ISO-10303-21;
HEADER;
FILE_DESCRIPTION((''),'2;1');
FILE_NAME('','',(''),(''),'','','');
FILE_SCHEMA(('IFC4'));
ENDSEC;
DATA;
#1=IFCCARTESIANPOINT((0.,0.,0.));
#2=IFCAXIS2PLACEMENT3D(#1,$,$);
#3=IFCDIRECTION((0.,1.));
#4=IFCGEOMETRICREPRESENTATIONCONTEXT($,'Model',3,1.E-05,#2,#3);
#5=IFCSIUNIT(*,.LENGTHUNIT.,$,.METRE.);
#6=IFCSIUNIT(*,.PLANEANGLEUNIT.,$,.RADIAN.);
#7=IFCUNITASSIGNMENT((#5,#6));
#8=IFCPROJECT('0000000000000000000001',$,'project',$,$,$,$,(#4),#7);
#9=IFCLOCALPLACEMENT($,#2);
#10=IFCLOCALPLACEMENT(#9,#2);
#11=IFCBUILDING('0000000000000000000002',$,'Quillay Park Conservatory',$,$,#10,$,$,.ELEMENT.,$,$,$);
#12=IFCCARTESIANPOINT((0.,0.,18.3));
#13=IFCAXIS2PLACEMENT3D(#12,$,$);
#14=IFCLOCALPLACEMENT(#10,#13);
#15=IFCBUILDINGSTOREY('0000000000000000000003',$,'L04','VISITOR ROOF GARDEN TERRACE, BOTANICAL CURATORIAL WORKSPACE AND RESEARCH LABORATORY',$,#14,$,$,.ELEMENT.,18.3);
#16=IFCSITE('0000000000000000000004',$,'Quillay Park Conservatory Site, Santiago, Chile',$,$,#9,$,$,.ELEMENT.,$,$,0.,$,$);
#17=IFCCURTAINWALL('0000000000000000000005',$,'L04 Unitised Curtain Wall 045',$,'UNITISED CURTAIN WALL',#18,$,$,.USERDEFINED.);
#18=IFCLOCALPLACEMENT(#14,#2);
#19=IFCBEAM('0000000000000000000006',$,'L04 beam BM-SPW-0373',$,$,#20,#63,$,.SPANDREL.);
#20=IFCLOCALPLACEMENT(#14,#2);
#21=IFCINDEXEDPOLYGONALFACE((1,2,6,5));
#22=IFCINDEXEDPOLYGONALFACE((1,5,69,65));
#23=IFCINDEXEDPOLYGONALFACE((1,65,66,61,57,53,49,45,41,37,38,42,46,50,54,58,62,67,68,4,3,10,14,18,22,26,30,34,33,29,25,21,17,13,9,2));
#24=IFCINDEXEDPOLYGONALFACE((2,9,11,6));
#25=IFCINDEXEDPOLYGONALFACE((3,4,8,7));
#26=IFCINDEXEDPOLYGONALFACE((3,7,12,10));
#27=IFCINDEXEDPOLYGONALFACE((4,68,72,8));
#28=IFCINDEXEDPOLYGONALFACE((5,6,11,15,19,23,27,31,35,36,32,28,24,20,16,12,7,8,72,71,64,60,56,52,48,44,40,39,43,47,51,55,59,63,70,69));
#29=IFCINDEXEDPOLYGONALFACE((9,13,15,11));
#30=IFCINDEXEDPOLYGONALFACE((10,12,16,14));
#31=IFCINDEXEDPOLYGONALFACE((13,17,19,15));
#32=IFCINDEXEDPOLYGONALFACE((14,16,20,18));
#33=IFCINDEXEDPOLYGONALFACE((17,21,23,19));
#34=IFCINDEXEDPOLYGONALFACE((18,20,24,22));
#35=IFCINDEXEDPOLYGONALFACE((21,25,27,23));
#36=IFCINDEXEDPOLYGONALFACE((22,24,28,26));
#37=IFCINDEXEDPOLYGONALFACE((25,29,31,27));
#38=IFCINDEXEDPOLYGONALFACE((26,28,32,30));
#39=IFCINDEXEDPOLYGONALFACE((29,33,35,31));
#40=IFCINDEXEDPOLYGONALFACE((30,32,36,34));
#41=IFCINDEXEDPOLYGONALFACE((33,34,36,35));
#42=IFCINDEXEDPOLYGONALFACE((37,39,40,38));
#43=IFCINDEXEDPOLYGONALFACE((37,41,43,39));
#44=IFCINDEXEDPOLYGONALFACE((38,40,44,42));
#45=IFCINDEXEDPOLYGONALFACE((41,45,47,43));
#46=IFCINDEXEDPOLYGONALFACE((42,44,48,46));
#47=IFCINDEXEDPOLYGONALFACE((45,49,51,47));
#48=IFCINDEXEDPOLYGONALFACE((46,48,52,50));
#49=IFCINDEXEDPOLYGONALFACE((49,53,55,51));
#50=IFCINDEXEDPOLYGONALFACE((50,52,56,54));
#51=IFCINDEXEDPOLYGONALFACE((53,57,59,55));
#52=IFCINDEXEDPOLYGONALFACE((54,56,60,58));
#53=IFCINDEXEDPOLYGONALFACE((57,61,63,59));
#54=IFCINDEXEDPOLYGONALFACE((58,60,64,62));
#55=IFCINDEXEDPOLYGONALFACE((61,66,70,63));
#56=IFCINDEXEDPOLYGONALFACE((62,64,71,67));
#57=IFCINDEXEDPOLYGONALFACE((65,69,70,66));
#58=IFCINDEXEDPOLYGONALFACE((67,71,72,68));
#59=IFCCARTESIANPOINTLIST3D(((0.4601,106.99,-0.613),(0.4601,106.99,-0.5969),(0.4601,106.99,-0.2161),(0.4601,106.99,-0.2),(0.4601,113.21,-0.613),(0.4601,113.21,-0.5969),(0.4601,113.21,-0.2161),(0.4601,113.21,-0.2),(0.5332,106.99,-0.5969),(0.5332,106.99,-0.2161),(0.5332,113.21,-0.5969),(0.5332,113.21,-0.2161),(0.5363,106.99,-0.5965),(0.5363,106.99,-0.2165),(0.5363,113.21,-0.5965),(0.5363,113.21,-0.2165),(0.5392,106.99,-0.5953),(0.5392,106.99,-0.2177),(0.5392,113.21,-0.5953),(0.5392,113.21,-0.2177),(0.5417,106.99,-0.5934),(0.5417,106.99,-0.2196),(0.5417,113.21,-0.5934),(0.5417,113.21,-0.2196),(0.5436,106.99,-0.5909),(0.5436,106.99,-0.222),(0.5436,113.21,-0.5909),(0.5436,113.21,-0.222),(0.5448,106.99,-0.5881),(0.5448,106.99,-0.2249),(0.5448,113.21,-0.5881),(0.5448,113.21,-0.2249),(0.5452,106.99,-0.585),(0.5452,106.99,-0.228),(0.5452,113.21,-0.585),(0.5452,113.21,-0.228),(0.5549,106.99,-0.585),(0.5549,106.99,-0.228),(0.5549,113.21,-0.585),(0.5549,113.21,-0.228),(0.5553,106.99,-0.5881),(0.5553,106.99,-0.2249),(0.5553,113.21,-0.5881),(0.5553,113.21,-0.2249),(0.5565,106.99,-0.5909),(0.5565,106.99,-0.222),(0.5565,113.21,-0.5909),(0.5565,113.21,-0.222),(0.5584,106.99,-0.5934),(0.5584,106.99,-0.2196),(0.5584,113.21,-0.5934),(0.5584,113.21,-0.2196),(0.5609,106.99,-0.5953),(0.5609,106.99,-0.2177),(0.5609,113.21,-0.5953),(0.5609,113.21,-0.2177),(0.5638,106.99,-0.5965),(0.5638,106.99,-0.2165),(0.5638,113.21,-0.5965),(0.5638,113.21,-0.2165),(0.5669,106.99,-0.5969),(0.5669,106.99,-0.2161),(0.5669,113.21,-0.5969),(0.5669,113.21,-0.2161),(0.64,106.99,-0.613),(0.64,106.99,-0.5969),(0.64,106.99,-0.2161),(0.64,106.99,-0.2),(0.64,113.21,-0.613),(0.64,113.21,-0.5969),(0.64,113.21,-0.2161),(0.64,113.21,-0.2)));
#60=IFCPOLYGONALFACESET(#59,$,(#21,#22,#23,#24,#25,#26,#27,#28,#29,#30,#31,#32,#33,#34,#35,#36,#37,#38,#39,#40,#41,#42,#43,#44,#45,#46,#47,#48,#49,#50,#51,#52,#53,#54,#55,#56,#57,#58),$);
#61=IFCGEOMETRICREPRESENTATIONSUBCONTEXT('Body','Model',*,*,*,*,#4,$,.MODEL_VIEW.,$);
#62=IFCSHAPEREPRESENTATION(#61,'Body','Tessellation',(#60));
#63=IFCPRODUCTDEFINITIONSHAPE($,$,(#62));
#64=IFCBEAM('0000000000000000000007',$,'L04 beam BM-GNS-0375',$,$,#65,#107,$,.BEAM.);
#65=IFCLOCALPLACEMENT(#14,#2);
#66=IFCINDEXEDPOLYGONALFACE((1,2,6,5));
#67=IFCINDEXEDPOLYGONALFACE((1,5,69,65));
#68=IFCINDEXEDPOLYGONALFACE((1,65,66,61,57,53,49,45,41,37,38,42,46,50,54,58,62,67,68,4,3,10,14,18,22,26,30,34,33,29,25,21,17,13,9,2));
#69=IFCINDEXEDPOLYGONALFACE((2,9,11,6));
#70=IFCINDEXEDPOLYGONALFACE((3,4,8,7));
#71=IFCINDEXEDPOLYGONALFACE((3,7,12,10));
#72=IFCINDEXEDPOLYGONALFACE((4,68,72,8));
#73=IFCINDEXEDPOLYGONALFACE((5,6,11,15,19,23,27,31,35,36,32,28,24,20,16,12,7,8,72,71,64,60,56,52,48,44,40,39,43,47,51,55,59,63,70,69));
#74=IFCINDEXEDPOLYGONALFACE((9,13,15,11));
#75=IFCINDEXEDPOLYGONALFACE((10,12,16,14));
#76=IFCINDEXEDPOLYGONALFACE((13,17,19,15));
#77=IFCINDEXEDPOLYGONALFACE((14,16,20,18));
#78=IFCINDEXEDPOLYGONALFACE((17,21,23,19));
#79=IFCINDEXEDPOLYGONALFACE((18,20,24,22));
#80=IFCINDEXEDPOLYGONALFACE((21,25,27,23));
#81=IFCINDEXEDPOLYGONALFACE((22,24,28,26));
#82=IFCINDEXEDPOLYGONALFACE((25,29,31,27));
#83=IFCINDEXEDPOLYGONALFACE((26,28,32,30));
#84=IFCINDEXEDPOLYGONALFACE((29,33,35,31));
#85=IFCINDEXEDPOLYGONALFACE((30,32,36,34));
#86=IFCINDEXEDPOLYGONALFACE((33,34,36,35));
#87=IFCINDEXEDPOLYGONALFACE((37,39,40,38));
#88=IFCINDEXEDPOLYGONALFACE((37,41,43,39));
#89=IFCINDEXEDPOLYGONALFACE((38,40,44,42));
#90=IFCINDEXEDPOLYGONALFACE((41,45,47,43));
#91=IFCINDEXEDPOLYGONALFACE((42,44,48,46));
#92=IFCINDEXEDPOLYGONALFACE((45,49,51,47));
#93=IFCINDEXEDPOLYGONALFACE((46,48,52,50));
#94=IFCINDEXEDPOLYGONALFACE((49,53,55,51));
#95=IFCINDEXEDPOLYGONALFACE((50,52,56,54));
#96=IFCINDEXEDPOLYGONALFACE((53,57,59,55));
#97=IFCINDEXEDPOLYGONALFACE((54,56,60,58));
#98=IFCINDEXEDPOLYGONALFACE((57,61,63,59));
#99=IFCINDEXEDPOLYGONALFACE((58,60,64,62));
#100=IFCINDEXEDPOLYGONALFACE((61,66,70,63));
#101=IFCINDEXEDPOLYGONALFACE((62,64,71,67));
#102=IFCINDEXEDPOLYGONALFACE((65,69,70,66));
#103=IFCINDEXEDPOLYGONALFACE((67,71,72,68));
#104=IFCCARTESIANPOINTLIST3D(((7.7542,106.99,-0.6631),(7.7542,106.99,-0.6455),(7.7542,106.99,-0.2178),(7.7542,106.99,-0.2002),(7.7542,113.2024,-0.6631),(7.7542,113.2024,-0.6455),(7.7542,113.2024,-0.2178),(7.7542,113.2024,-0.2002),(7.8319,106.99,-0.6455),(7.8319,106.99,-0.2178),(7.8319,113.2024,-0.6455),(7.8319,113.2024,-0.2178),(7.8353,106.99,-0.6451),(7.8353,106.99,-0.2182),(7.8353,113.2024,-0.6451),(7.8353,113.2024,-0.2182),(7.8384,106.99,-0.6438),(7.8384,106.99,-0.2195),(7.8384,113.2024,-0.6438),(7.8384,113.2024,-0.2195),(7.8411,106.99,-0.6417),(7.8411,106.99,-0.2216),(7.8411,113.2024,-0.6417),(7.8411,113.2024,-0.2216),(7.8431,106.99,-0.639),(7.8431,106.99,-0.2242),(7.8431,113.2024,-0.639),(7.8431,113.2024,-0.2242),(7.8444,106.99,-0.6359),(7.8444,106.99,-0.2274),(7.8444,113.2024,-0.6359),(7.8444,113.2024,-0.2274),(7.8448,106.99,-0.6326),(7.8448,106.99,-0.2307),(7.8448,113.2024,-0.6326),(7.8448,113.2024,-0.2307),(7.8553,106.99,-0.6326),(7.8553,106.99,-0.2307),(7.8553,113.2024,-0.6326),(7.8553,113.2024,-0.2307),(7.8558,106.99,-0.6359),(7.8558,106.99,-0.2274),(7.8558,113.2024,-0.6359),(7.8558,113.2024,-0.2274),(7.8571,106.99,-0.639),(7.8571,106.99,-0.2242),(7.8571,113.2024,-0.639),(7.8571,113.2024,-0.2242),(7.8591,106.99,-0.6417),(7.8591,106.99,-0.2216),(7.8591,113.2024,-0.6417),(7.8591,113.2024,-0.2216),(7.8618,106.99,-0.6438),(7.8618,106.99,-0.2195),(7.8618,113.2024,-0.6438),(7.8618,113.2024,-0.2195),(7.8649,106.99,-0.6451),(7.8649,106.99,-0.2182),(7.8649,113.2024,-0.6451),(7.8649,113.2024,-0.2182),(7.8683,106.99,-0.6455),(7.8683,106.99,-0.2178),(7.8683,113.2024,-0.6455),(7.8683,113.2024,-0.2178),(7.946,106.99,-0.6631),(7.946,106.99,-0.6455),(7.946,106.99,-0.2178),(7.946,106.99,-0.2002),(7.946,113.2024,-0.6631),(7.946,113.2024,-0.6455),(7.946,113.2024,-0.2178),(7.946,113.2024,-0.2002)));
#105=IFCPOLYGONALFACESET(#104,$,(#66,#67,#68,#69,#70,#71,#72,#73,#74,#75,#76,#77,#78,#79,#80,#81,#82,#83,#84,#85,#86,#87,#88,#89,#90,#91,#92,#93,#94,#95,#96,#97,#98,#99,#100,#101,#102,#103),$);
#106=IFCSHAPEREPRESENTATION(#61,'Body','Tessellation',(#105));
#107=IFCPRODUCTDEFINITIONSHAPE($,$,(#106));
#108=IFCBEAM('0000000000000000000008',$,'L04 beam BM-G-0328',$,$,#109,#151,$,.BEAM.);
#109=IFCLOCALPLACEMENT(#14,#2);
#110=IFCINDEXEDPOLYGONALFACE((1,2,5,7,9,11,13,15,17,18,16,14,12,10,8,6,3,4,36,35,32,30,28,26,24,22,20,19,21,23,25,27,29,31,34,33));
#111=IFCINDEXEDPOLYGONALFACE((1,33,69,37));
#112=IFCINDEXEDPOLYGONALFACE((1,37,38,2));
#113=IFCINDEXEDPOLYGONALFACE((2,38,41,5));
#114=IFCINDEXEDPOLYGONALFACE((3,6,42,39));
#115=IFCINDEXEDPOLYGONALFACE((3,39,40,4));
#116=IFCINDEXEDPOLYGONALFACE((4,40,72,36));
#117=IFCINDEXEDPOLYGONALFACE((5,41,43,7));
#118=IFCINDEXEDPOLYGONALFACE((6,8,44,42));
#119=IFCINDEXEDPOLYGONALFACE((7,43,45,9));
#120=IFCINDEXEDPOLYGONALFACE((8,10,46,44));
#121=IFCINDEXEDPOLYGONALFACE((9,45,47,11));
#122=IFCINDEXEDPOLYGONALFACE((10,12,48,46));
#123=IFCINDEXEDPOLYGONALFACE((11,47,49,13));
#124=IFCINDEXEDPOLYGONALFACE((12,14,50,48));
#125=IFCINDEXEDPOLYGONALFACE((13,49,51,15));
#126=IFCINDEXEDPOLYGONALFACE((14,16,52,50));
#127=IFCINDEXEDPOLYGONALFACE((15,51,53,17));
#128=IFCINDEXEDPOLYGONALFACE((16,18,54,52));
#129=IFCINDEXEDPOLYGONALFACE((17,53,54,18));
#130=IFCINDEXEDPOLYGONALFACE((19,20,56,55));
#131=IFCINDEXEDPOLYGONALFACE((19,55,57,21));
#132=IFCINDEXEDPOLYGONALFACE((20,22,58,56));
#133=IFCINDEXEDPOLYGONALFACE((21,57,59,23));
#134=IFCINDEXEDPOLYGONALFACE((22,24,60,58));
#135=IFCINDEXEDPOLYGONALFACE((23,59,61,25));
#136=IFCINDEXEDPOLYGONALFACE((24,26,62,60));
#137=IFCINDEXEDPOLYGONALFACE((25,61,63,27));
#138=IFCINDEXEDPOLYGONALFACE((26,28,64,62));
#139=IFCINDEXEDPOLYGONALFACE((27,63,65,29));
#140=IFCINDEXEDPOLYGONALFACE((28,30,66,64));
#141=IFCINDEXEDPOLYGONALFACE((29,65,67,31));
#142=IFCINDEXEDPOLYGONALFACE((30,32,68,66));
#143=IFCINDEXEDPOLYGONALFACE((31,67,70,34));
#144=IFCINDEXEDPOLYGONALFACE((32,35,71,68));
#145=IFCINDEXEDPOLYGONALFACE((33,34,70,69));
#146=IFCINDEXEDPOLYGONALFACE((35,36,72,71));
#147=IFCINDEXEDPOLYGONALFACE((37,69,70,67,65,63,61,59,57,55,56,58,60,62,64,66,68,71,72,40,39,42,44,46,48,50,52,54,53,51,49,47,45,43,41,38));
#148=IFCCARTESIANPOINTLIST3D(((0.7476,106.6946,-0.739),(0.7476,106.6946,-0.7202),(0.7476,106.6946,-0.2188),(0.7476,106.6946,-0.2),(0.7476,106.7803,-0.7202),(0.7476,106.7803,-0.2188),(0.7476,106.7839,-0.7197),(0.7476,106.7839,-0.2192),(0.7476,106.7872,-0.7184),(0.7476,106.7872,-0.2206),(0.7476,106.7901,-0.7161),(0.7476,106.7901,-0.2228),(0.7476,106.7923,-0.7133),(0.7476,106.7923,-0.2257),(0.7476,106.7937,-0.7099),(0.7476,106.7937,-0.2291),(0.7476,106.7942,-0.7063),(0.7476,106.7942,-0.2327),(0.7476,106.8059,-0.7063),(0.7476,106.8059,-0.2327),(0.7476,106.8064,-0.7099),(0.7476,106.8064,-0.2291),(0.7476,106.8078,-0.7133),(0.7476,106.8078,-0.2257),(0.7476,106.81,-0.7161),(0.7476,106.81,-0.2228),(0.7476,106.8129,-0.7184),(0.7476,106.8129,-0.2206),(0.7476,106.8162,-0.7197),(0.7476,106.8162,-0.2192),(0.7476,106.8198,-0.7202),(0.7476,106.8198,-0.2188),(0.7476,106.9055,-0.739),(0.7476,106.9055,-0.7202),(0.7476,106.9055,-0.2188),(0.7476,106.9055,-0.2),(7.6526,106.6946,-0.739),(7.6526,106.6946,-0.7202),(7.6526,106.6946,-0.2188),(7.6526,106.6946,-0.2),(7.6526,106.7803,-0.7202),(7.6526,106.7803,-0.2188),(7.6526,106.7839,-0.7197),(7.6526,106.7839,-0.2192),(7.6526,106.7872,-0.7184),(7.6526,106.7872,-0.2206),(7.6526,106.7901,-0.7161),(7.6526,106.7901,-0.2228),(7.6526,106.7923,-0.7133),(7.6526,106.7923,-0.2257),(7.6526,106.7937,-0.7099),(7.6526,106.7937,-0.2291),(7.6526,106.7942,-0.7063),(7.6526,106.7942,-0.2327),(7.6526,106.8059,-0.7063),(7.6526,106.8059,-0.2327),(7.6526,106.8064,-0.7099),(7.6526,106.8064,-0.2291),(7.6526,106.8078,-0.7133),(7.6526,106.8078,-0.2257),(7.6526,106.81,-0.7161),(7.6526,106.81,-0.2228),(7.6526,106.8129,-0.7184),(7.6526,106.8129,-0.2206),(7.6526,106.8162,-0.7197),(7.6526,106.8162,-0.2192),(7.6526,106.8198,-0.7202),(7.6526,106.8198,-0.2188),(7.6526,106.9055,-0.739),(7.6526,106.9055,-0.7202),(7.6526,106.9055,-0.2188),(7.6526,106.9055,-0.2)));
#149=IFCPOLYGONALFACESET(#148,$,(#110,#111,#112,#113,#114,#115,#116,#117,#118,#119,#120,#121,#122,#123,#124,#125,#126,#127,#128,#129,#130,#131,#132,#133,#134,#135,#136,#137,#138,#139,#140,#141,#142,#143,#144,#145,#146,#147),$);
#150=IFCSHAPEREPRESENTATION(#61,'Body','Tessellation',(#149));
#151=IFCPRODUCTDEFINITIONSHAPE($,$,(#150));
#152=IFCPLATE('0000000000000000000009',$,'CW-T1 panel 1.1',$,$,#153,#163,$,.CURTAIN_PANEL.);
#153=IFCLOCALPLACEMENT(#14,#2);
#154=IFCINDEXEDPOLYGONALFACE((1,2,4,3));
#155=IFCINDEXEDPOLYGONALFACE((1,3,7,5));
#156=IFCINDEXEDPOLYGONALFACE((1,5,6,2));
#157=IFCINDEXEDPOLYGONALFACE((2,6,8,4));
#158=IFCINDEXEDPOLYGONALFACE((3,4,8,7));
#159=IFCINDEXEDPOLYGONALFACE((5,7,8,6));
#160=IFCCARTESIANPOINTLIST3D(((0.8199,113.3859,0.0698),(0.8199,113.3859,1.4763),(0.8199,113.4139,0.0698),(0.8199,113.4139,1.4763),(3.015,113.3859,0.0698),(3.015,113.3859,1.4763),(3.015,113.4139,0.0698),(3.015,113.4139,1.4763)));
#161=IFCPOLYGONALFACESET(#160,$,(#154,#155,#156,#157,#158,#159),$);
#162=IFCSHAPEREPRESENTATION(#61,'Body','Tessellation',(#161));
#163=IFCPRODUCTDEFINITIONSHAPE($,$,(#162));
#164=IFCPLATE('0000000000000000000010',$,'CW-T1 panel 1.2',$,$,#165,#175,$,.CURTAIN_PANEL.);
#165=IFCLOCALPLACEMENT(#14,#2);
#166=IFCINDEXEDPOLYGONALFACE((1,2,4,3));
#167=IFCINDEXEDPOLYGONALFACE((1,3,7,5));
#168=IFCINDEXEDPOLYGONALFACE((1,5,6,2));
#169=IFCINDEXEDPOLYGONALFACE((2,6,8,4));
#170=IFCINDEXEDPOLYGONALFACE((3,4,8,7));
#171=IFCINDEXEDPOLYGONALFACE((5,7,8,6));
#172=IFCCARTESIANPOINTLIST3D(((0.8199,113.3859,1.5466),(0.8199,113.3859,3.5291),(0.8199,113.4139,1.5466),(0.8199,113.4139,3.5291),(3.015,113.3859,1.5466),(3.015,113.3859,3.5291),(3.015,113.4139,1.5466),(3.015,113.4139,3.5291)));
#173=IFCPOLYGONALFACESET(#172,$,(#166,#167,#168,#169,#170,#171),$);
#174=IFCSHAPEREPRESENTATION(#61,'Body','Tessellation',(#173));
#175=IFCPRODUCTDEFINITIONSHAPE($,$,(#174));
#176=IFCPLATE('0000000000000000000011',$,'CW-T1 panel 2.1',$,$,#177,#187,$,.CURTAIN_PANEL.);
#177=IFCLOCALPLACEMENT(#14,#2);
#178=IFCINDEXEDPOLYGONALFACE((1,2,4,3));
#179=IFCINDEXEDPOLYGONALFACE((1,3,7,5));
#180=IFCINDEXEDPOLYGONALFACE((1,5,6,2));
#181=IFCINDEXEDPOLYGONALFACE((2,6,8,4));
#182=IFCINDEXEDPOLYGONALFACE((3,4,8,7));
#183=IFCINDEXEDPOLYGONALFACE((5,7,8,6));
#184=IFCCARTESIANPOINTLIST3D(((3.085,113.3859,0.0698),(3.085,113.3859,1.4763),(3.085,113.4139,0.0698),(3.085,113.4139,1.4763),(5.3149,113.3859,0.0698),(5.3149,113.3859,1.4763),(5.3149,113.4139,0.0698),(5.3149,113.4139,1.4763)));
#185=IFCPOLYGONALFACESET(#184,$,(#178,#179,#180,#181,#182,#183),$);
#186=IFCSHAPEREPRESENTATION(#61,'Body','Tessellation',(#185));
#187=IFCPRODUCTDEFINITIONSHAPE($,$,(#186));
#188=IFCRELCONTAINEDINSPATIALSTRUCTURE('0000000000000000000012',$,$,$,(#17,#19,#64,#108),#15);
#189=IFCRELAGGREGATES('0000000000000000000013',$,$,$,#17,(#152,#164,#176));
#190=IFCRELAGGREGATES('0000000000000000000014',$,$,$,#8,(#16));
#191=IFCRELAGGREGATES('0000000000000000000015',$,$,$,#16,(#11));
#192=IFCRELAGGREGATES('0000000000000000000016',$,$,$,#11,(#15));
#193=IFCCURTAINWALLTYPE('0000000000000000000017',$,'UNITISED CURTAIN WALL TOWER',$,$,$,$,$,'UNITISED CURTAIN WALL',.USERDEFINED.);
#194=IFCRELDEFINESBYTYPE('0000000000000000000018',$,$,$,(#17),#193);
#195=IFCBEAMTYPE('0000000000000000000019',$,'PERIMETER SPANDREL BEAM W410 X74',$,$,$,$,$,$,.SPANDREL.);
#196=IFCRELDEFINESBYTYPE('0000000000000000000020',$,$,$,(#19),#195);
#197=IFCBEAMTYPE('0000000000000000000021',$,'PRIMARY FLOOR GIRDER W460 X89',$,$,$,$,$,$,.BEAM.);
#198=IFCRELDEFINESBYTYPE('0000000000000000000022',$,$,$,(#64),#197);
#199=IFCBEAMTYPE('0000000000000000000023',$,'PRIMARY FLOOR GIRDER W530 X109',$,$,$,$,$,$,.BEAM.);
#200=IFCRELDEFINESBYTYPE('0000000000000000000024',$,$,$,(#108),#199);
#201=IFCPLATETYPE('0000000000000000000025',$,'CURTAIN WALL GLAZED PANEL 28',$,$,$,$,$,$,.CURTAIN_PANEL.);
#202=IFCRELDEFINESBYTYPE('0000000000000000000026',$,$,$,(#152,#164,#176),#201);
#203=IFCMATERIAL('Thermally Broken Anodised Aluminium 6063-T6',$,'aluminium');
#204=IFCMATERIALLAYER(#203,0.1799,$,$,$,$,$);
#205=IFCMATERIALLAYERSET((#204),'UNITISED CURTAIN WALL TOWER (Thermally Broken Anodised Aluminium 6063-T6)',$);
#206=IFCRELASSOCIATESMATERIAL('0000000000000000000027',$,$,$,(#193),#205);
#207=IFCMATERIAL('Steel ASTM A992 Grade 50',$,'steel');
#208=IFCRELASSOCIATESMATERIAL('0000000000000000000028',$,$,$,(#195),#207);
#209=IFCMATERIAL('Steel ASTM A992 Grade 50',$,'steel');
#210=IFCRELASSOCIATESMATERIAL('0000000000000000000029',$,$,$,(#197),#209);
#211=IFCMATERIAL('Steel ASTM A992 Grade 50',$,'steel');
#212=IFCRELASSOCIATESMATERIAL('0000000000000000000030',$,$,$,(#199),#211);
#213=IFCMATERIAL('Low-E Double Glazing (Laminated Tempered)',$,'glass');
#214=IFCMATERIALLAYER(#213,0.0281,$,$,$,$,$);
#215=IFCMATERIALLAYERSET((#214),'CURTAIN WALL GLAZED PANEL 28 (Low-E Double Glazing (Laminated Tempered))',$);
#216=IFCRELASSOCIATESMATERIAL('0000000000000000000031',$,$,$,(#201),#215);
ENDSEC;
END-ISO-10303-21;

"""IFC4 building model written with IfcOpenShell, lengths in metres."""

from ifc_helpers import new_model, si_unit, direction, frame, origin, origin_2d, place, context, subcontext, project, spatial, rectangle, i_section, extrude, material, layer, layer_set, material_profile, profile_set, type_object, element, aggregate, save


model = new_model("IFC4")

# Units and contexts
model_context = context("Model", 3, precision=1e-05, world=origin(), true_north=direction((0.0, 1.0)))
body_context = subcontext(model_context, "Body", "Model", "MODEL_VIEW")
ifc_project = project(units=[si_unit("LENGTHUNIT", "METRE"), si_unit("PLANEANGLEUNIT", "RADIAN")], contexts=[model_context])

# Site, building, storey
site_placement = place(None, origin())
site = spatial("IfcSite", under=ifc_project, at=site_placement, Name="Quillay Park Conservatory Site, Santiago, Chile", CompositionType="ELEMENT", RefElevation=0.0)
building_placement = place(site_placement, origin())
building = spatial("IfcBuilding", under=site, at=building_placement, Name="Quillay Park Conservatory", CompositionType="ELEMENT")
storey_placement = place(building_placement, frame((0.0, 0.0, 18.3)))
storey = spatial("IfcBuildingStorey", under=building, at=storey_placement, Name="L04", Description="VISITOR ROOF GARDEN TERRACE, BOTANICAL CURATORIAL WORKSPACE AND RESEARCH LABORATORY", CompositionType="ELEMENT", Elevation=18.3)

# Curtain wall
ifc_material_1 = material(Name="Thermally Broken Anodised Aluminium 6063-T6", Category="aluminium")
ifc_layer_1 = layer(ifc_material_1, 0.1799)
ifc_layer_set_1 = layer_set([ifc_layer_1], Name="UNITISED CURTAIN WALL TOWER (Thermally Broken Anodised Aluminium 6063-T6)")
curtain_wall_type = type_object("IfcCurtainWallType", Name="UNITISED CURTAIN WALL TOWER", ElementType="UNITISED CURTAIN WALL", PredefinedType="USERDEFINED", material=ifc_layer_set_1)
curtain_wall_placement = place(storey_placement, origin())
curtain_wall = element("IfcCurtainWall", 1, at=curtain_wall_placement, inside=storey, type_object=curtain_wall_type, Name="L04 Unitised Curtain Wall 045", ObjectType="UNITISED CURTAIN WALL", PredefinedType="USERDEFINED")

# Beams
ifc_material_2 = material(Name="Steel ASTM A992 Grade 50", Category="steel")
ifc_material_profile_1 = material_profile(ifc_material_2, i_section(OverallWidth=0.1799, OverallDepth=0.4131, WebThickness=0.0098, FlangeThickness=0.0161, FilletRadius=0.012, at=origin_2d()), Name="W410x74")
ifc_profile_set_1 = profile_set([ifc_material_profile_1], Name="Steel ASTM A992 Grade 50")
beam_type_1 = type_object("IfcBeamType", Name="PERIMETER SPANDREL BEAM W410 X74", PredefinedType="SPANDREL", material=ifc_profile_set_1)
beam_1_placement = place(storey_placement, frame((0.55, 106.99, -0.4065), z_axis=(0.0, 1.0, 0.0), x_axis=(-1.0, 0.0, 0.0)))
element("IfcBeam", 2, at=beam_1_placement, inside=storey, type_object=beam_type_1, Name="L04 beam BM-SPW-0373", PredefinedType="SPANDREL", context=body_context, shape_type="SweptSolid", body=[
    extrude(i_section(OverallWidth=0.1799, OverallDepth=0.4131, WebThickness=0.0098, FlangeThickness=0.0161, FilletRadius=0.012, at=origin_2d()), origin(), (0.0, 0.0, 1.0), 6.22),
])
ifc_material_3 = material(Name="Steel ASTM A992 Grade 50", Category="steel")
ifc_material_profile_2 = material_profile(ifc_material_3, i_section(OverallWidth=0.1919, OverallDepth=0.4629, WebThickness=0.0105, FlangeThickness=0.0176, FilletRadius=0.0129, at=origin_2d()), Name="W460x89")
ifc_profile_set_2 = profile_set([ifc_material_profile_2], Name="Steel ASTM A992 Grade 50")
beam_type_2 = type_object("IfcBeamType", Name="PRIMARY FLOOR GIRDER W460 X89", PredefinedType="BEAM", material=ifc_profile_set_2)
beam_2_placement = place(storey_placement, frame((7.8501, 106.99, -0.4316), z_axis=(0.0, 1.0, 0.0), x_axis=(-1.0, 0.0, 0.0)))
element("IfcBeam", 3, at=beam_2_placement, inside=storey, type_object=beam_type_2, Name="L04 beam BM-GNS-0375", PredefinedType="BEAM", context=body_context, shape_type="SweptSolid", body=[
    extrude(i_section(OverallWidth=0.1919, OverallDepth=0.4629, WebThickness=0.0105, FlangeThickness=0.0176, FilletRadius=0.0129, at=origin_2d()), origin(), (0.0, 0.0, 1.0), 6.2124),
])
ifc_material_4 = material(Name="Steel ASTM A992 Grade 50", Category="steel")
ifc_material_profile_3 = material_profile(ifc_material_4, i_section(OverallWidth=0.2109, OverallDepth=0.5391, WebThickness=0.0117, FlangeThickness=0.0188, FilletRadius=0.0139, at=origin_2d()), Name="W530x109")
ifc_profile_set_3 = profile_set([ifc_material_profile_3], Name="Steel ASTM A992 Grade 50")
beam_type_3 = type_object("IfcBeamType", Name="PRIMARY FLOOR GIRDER W530 X109", PredefinedType="BEAM", material=ifc_profile_set_3)
beam_3_placement = place(storey_placement, frame((0.7476, 106.8, -0.4695), z_axis=(1.0, 0.0, 0.0), x_axis=(0.0, 1.0, 0.0)))
element("IfcBeam", 4, at=beam_3_placement, inside=storey, type_object=beam_type_3, Name="L04 beam BM-G-0328", PredefinedType="BEAM", context=body_context, shape_type="SweptSolid", body=[
    extrude(i_section(OverallWidth=0.2109, OverallDepth=0.5391, WebThickness=0.0117, FlangeThickness=0.0188, FilletRadius=0.0139, at=origin_2d()), origin(), (0.0, 0.0, 1.0), 6.905),
])

# Plates
ifc_material_5 = material(Name="Low-E Double Glazing (Laminated Tempered)", Category="glass")
ifc_layer_2 = layer(ifc_material_5, 0.0281)
ifc_layer_set_2 = layer_set([ifc_layer_2], Name="CURTAIN WALL GLAZED PANEL 28 (Low-E Double Glazing (Laminated Tempered))")
plate_type = type_object("IfcPlateType", Name="CURTAIN WALL GLAZED PANEL 28", PredefinedType="CURTAIN_PANEL", material=ifc_layer_set_2)
plate_1_placement = place(storey_placement, frame((1.9175, 113.3999, 0.0698), z_axis=(0.0, 0.0, 1.0), x_axis=(1.0, 0.0, 0.0)))
plate_1 = element("IfcPlate", 5, at=plate_1_placement, type_object=plate_type, Name="CW-T1 panel 1.1", PredefinedType="CURTAIN_PANEL", context=body_context, shape_type="SweptSolid", body=[
    extrude(rectangle(XDim=2.1951, YDim=0.0281, at=origin_2d()), origin(), (0.0, 0.0, 1.0), 1.4065),
])
plate_2_placement = place(storey_placement, frame((1.9175, 113.3999, 1.5466), z_axis=(0.0, 0.0, 1.0), x_axis=(1.0, 0.0, 0.0)))
plate_2 = element("IfcPlate", 6, at=plate_2_placement, type_object=plate_type, Name="CW-T1 panel 1.2", PredefinedType="CURTAIN_PANEL", context=body_context, shape_type="SweptSolid", body=[
    extrude(rectangle(XDim=2.1951, YDim=0.0281, at=origin_2d()), origin(), (0.0, 0.0, 1.0), 1.9824),
])
plate_3_placement = place(storey_placement, frame((4.2, 113.3999, 0.0698), z_axis=(0.0, 0.0, 1.0), x_axis=(1.0, 0.0, 0.0)))
plate_3 = element("IfcPlate", 7, at=plate_3_placement, type_object=plate_type, Name="CW-T1 panel 2.1", PredefinedType="CURTAIN_PANEL", context=body_context, shape_type="SweptSolid", body=[
    extrude(rectangle(XDim=2.23, YDim=0.0281, at=origin_2d()), origin(), (0.0, 0.0, 1.0), 1.4065),
])
aggregate(curtain_wall, [plate_1, plate_2, plate_3])

save(model, "model.ifc")
